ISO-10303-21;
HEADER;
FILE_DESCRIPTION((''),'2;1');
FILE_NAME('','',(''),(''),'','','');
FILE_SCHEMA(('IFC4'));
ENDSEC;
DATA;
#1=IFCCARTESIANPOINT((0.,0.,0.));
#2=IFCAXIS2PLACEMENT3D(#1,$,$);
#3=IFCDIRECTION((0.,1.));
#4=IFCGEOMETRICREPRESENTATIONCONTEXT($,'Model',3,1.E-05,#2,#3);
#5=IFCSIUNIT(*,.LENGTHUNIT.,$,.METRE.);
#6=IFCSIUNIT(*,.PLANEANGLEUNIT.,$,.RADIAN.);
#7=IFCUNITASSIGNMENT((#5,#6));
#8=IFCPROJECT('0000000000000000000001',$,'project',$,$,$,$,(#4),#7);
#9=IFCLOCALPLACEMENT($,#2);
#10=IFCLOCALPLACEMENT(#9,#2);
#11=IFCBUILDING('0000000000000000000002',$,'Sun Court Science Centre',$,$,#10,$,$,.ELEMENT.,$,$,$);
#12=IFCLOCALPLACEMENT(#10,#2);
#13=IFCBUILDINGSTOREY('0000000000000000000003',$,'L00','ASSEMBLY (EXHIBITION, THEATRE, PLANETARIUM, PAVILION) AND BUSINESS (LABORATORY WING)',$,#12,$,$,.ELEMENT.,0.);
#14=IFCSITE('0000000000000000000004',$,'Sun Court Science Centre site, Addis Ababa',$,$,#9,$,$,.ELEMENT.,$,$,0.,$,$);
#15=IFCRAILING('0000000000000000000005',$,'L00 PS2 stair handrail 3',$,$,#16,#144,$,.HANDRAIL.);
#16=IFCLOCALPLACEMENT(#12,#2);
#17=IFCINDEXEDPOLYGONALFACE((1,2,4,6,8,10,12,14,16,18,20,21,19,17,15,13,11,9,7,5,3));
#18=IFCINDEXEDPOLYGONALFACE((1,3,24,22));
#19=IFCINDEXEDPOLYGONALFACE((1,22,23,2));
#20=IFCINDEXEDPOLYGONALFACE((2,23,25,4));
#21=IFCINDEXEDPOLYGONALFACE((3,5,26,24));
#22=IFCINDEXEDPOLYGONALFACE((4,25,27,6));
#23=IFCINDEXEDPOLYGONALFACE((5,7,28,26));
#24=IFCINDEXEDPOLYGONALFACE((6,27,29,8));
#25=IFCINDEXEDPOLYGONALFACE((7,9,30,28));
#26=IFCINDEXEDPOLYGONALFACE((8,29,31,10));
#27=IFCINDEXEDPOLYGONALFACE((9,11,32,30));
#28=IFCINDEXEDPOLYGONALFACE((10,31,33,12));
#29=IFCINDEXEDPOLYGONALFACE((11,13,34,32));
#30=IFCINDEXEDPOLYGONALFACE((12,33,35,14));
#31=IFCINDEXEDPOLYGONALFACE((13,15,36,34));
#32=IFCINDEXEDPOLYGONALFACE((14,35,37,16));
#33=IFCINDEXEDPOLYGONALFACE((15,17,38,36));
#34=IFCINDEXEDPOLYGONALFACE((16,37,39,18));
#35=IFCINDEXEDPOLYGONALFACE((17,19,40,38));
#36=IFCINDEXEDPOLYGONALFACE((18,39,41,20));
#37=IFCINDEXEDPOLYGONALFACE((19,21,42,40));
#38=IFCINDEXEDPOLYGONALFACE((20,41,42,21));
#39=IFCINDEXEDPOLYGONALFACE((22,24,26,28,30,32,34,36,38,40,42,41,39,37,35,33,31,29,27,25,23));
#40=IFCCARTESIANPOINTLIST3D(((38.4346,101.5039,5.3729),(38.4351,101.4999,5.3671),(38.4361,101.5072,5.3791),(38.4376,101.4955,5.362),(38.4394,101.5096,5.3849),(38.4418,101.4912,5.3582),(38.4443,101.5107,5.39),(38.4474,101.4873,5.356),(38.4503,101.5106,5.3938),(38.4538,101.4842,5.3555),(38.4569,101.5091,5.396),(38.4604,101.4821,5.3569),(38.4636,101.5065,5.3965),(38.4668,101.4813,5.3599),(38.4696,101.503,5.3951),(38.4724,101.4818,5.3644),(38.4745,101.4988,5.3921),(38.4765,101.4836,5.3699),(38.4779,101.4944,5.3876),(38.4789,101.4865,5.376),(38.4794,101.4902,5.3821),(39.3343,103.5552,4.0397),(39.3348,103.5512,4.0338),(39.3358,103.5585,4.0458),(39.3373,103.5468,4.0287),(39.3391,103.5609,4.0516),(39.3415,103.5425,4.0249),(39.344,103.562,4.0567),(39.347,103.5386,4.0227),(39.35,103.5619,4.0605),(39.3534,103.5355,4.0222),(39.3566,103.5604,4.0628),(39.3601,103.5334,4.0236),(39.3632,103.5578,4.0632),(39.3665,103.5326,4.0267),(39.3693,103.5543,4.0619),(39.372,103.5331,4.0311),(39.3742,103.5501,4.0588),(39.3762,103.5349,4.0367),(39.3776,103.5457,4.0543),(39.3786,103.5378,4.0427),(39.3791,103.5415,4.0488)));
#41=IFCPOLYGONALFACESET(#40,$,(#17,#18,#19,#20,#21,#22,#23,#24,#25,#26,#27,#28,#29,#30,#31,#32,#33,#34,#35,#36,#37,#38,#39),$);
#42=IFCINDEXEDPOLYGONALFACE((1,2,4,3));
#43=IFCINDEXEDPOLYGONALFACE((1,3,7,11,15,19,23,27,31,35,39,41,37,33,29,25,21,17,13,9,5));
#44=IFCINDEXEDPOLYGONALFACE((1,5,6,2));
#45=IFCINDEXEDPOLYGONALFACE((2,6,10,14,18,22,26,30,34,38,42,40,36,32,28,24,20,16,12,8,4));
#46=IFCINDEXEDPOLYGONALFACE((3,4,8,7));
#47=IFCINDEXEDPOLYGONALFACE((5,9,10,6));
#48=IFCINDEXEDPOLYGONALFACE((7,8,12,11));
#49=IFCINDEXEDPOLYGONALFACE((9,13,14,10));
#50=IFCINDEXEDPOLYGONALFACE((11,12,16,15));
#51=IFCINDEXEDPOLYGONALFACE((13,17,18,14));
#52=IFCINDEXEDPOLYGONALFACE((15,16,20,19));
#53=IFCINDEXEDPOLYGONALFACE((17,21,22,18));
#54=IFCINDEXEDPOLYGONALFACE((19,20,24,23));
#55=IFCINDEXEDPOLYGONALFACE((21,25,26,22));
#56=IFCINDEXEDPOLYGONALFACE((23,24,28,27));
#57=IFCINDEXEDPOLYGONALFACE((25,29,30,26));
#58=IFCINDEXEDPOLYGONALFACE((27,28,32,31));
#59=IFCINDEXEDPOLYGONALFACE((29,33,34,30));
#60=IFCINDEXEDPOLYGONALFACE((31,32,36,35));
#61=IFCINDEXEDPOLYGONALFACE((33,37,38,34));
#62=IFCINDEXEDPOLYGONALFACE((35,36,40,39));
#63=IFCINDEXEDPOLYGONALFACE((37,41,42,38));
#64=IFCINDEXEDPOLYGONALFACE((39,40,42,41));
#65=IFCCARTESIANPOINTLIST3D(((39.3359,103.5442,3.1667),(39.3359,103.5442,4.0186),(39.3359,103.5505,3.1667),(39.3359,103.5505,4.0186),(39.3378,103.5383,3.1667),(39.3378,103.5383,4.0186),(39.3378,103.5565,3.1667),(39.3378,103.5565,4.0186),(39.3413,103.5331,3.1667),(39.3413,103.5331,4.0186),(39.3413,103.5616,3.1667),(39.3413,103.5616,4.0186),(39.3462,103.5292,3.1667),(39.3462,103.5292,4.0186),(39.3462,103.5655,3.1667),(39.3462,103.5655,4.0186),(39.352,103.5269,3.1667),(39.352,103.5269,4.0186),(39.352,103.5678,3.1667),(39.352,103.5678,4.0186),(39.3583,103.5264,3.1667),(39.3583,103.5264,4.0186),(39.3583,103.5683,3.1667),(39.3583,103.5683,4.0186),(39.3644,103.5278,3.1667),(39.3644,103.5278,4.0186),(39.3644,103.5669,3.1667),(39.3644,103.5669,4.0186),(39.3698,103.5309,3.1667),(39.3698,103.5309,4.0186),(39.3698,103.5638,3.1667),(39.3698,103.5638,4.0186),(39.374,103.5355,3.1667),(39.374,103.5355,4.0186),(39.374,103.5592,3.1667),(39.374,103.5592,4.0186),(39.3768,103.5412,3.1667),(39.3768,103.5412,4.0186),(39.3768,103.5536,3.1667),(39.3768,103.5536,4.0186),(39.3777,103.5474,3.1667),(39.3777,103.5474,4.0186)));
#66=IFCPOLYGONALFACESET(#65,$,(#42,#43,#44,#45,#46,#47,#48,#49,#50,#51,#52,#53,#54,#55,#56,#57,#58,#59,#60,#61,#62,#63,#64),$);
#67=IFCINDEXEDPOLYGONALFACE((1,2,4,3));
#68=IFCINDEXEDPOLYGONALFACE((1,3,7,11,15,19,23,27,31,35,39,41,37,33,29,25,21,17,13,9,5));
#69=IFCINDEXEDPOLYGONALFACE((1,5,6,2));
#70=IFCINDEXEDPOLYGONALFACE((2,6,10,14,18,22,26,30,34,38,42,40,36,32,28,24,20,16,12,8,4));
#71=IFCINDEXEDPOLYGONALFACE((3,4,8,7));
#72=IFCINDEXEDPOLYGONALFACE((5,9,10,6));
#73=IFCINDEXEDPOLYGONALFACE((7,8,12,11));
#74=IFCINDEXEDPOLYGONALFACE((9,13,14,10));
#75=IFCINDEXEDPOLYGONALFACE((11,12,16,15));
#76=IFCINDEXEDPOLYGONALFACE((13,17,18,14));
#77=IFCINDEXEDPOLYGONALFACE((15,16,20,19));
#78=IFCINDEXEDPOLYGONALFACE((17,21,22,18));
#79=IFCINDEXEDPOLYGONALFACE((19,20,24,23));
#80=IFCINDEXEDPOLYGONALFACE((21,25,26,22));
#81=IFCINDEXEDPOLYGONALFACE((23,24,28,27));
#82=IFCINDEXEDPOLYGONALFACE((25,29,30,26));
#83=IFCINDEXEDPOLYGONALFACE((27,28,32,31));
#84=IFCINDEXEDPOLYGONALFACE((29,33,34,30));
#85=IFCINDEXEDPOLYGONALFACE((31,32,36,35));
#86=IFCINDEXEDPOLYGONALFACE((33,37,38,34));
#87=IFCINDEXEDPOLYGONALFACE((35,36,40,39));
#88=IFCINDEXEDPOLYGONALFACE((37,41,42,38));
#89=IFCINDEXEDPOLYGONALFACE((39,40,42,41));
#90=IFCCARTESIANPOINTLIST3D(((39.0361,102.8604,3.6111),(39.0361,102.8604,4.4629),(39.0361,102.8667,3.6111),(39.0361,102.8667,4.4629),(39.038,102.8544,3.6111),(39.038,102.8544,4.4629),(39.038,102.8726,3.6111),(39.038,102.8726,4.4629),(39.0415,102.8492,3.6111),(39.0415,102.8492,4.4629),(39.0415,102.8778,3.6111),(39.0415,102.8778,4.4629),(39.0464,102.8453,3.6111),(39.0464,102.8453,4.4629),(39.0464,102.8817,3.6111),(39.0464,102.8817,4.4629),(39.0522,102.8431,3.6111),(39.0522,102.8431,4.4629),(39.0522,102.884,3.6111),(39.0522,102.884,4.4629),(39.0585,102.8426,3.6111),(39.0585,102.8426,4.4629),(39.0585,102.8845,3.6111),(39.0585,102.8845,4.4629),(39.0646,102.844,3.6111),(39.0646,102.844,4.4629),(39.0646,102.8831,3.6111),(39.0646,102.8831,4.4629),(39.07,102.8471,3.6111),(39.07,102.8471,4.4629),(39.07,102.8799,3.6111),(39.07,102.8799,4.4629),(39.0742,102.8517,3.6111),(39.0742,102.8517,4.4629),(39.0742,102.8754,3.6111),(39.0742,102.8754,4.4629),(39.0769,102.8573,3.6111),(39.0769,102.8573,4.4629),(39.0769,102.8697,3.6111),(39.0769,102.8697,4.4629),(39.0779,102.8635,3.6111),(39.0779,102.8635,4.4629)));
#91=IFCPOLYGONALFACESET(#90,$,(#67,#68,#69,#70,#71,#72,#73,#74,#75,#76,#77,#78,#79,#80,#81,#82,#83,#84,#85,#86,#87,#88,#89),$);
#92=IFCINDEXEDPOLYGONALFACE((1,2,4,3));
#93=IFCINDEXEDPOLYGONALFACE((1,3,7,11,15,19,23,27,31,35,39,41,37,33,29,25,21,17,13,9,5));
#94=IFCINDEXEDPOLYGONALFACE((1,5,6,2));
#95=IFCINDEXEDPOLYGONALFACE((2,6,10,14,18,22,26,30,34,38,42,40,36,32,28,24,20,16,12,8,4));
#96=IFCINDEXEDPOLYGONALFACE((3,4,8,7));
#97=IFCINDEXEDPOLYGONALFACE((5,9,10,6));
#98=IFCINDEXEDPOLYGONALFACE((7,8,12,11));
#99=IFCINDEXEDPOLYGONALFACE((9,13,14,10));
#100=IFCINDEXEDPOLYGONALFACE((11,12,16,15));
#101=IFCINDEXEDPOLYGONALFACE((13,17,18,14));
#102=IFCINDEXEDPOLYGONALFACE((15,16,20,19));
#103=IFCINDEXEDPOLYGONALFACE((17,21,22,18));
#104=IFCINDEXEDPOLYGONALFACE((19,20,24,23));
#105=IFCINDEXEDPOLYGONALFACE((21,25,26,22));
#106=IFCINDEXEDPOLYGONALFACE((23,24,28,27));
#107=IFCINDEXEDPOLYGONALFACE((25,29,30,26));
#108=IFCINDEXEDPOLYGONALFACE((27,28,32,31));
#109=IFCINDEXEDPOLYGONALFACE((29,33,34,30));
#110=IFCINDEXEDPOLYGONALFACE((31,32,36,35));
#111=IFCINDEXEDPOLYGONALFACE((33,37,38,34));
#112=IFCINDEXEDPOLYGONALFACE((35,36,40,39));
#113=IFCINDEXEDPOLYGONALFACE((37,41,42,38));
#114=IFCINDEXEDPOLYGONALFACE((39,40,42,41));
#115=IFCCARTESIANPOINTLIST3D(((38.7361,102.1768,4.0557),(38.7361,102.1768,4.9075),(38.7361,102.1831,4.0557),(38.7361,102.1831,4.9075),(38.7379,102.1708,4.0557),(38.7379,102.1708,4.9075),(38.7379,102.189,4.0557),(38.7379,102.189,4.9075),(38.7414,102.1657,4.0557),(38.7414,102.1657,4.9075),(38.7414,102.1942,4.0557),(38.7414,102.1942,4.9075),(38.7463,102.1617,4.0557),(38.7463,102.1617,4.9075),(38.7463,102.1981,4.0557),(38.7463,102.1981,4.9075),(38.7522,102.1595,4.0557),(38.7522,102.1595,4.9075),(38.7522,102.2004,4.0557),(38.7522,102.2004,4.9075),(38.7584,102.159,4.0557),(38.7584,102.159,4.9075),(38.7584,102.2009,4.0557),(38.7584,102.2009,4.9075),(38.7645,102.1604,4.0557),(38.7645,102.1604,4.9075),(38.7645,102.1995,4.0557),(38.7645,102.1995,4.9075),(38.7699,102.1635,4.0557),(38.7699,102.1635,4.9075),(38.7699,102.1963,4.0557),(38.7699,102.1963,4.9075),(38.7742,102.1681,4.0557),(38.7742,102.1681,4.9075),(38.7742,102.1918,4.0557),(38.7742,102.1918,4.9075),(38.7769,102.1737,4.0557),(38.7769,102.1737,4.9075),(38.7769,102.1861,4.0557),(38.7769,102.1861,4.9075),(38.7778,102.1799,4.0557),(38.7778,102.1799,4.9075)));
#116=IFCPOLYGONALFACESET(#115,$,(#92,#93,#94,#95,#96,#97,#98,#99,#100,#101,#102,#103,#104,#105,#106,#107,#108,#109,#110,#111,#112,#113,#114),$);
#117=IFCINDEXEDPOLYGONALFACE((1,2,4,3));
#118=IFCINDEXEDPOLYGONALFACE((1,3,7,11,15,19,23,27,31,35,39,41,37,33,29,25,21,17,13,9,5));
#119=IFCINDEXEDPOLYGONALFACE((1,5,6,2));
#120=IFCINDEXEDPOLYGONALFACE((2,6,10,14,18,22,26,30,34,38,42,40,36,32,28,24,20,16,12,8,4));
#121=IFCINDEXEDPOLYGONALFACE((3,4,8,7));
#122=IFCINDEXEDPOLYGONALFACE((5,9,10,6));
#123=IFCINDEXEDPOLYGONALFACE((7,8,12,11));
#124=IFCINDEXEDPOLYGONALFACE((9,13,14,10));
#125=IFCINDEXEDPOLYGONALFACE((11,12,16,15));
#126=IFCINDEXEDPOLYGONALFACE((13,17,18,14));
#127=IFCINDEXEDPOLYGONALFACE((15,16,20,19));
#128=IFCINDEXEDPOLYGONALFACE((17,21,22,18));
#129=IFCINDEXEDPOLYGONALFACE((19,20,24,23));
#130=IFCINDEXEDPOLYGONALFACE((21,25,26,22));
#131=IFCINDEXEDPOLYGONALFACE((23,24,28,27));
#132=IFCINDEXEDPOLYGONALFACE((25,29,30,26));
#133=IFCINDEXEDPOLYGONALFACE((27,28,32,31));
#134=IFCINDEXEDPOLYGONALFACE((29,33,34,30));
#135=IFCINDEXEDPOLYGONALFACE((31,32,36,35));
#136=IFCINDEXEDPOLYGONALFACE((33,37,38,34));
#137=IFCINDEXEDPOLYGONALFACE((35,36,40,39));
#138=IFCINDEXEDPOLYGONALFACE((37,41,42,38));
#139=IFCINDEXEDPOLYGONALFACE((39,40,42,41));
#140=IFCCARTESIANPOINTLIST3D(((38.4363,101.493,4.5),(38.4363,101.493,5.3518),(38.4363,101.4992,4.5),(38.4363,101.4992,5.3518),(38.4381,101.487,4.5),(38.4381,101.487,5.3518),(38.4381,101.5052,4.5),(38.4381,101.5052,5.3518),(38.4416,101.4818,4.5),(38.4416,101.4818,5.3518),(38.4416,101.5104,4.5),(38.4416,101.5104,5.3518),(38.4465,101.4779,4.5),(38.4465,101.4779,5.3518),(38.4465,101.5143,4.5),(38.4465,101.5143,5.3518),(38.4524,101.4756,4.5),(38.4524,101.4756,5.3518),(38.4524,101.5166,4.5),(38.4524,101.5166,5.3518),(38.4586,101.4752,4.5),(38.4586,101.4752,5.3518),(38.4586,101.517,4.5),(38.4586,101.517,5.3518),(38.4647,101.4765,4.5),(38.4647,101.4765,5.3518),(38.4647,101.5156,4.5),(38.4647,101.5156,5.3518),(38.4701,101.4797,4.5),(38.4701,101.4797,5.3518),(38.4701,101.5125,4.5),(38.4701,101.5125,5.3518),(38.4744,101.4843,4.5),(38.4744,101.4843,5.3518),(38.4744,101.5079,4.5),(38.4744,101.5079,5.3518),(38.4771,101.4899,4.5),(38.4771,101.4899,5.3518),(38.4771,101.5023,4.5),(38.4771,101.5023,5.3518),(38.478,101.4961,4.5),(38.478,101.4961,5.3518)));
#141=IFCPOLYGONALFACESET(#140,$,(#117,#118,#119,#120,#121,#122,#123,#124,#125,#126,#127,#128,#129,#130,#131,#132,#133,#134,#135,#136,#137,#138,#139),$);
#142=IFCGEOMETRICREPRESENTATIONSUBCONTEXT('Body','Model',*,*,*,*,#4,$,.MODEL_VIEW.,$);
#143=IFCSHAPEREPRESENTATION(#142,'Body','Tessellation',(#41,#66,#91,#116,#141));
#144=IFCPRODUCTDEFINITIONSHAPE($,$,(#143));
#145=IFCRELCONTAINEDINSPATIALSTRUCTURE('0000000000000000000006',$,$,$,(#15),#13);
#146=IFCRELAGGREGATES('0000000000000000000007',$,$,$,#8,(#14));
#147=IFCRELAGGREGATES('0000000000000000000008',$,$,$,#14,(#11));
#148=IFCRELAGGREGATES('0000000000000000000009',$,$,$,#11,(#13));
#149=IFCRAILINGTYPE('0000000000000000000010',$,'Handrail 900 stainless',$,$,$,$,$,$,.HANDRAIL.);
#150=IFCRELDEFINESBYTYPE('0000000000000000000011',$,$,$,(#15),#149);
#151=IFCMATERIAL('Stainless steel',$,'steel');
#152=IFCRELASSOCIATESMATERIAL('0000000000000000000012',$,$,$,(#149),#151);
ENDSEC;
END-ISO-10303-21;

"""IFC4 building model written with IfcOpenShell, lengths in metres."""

from ifc_helpers import new_model, si_unit, direction, frame, origin, origin_2d, place, context, subcontext, project, spatial, circle, extrude, material, type_object, element, save


model = new_model("IFC4")

# Units and contexts
model_context = context("Model", 3, precision=1e-05, world=origin(), true_north=direction((0.0, 1.0)))
body_context = subcontext(model_context, "Body", "Model", "MODEL_VIEW")
ifc_project = project(units=[si_unit("LENGTHUNIT", "METRE"), si_unit("PLANEANGLEUNIT", "RADIAN")], contexts=[model_context])

# Site, building, storey
site_placement = place(None, origin())
site = spatial("IfcSite", under=ifc_project, at=site_placement, Name="Sun Court Science Centre site, Addis Ababa", CompositionType="ELEMENT", RefElevation=0.0)
building_placement = place(site_placement, origin())
building = spatial("IfcBuilding", under=site, at=building_placement, Name="Sun Court Science Centre", CompositionType="ELEMENT")
storey_placement = place(building_placement, origin())
storey = spatial("IfcBuildingStorey", under=building, at=storey_placement, Name="L00", Description="ASSEMBLY (EXHIBITION, THEATRE, PLANETARIUM, PAVILION) AND BUSINESS (LABORATORY WING)", CompositionType="ELEMENT", Elevation=0.0)

# Railing
ifc_material_1 = material(Name="Stainless steel", Category="steel")
railing_type_1 = type_object("IfcRailingType", Name="Handrail 900 stainless", PredefinedType="HANDRAIL", material=ifc_material_1)
for number, where, name in (
    (1, (39.3567, 103.5474, 3.1667), "L00 PS2 stair handrail 3"),
):
    element("IfcRailing", number, at=place(storey_placement, frame(where)), inside=storey, type_object=railing_type_1, Name=name, PredefinedType="HANDRAIL", context=body_context, shape_type="SweptSolid", body=[
        extrude(circle(Radius=0.0239, at=origin_2d()), frame((0.0, 0.0, 0.876), z_axis=(-0.345139, -0.786935, 0.51148), x_axis=(0.915792, -0.401653, 0.0)), (0.0, 0.0, 1.0), 2.6067),
        extrude(circle(Radius=0.021, at=origin_2d()), origin(), (0.0, 0.0, 1.0), 0.8518),
        extrude(circle(Radius=0.021, at=origin_2d()), frame((-0.2998, -0.6838, 0.4443)), (0.0, 0.0, 1.0), 0.8518),
        extrude(circle(Radius=0.021, at=origin_2d()), frame((-0.5999, -1.3674, 0.8889)), (0.0, 0.0, 1.0), 0.8518),
        extrude(circle(Radius=0.021, at=origin_2d()), frame((-0.8997, -2.0513, 1.3333)), (0.0, 0.0, 1.0), 0.8518),
    ])

save(model, "model.ifc")
